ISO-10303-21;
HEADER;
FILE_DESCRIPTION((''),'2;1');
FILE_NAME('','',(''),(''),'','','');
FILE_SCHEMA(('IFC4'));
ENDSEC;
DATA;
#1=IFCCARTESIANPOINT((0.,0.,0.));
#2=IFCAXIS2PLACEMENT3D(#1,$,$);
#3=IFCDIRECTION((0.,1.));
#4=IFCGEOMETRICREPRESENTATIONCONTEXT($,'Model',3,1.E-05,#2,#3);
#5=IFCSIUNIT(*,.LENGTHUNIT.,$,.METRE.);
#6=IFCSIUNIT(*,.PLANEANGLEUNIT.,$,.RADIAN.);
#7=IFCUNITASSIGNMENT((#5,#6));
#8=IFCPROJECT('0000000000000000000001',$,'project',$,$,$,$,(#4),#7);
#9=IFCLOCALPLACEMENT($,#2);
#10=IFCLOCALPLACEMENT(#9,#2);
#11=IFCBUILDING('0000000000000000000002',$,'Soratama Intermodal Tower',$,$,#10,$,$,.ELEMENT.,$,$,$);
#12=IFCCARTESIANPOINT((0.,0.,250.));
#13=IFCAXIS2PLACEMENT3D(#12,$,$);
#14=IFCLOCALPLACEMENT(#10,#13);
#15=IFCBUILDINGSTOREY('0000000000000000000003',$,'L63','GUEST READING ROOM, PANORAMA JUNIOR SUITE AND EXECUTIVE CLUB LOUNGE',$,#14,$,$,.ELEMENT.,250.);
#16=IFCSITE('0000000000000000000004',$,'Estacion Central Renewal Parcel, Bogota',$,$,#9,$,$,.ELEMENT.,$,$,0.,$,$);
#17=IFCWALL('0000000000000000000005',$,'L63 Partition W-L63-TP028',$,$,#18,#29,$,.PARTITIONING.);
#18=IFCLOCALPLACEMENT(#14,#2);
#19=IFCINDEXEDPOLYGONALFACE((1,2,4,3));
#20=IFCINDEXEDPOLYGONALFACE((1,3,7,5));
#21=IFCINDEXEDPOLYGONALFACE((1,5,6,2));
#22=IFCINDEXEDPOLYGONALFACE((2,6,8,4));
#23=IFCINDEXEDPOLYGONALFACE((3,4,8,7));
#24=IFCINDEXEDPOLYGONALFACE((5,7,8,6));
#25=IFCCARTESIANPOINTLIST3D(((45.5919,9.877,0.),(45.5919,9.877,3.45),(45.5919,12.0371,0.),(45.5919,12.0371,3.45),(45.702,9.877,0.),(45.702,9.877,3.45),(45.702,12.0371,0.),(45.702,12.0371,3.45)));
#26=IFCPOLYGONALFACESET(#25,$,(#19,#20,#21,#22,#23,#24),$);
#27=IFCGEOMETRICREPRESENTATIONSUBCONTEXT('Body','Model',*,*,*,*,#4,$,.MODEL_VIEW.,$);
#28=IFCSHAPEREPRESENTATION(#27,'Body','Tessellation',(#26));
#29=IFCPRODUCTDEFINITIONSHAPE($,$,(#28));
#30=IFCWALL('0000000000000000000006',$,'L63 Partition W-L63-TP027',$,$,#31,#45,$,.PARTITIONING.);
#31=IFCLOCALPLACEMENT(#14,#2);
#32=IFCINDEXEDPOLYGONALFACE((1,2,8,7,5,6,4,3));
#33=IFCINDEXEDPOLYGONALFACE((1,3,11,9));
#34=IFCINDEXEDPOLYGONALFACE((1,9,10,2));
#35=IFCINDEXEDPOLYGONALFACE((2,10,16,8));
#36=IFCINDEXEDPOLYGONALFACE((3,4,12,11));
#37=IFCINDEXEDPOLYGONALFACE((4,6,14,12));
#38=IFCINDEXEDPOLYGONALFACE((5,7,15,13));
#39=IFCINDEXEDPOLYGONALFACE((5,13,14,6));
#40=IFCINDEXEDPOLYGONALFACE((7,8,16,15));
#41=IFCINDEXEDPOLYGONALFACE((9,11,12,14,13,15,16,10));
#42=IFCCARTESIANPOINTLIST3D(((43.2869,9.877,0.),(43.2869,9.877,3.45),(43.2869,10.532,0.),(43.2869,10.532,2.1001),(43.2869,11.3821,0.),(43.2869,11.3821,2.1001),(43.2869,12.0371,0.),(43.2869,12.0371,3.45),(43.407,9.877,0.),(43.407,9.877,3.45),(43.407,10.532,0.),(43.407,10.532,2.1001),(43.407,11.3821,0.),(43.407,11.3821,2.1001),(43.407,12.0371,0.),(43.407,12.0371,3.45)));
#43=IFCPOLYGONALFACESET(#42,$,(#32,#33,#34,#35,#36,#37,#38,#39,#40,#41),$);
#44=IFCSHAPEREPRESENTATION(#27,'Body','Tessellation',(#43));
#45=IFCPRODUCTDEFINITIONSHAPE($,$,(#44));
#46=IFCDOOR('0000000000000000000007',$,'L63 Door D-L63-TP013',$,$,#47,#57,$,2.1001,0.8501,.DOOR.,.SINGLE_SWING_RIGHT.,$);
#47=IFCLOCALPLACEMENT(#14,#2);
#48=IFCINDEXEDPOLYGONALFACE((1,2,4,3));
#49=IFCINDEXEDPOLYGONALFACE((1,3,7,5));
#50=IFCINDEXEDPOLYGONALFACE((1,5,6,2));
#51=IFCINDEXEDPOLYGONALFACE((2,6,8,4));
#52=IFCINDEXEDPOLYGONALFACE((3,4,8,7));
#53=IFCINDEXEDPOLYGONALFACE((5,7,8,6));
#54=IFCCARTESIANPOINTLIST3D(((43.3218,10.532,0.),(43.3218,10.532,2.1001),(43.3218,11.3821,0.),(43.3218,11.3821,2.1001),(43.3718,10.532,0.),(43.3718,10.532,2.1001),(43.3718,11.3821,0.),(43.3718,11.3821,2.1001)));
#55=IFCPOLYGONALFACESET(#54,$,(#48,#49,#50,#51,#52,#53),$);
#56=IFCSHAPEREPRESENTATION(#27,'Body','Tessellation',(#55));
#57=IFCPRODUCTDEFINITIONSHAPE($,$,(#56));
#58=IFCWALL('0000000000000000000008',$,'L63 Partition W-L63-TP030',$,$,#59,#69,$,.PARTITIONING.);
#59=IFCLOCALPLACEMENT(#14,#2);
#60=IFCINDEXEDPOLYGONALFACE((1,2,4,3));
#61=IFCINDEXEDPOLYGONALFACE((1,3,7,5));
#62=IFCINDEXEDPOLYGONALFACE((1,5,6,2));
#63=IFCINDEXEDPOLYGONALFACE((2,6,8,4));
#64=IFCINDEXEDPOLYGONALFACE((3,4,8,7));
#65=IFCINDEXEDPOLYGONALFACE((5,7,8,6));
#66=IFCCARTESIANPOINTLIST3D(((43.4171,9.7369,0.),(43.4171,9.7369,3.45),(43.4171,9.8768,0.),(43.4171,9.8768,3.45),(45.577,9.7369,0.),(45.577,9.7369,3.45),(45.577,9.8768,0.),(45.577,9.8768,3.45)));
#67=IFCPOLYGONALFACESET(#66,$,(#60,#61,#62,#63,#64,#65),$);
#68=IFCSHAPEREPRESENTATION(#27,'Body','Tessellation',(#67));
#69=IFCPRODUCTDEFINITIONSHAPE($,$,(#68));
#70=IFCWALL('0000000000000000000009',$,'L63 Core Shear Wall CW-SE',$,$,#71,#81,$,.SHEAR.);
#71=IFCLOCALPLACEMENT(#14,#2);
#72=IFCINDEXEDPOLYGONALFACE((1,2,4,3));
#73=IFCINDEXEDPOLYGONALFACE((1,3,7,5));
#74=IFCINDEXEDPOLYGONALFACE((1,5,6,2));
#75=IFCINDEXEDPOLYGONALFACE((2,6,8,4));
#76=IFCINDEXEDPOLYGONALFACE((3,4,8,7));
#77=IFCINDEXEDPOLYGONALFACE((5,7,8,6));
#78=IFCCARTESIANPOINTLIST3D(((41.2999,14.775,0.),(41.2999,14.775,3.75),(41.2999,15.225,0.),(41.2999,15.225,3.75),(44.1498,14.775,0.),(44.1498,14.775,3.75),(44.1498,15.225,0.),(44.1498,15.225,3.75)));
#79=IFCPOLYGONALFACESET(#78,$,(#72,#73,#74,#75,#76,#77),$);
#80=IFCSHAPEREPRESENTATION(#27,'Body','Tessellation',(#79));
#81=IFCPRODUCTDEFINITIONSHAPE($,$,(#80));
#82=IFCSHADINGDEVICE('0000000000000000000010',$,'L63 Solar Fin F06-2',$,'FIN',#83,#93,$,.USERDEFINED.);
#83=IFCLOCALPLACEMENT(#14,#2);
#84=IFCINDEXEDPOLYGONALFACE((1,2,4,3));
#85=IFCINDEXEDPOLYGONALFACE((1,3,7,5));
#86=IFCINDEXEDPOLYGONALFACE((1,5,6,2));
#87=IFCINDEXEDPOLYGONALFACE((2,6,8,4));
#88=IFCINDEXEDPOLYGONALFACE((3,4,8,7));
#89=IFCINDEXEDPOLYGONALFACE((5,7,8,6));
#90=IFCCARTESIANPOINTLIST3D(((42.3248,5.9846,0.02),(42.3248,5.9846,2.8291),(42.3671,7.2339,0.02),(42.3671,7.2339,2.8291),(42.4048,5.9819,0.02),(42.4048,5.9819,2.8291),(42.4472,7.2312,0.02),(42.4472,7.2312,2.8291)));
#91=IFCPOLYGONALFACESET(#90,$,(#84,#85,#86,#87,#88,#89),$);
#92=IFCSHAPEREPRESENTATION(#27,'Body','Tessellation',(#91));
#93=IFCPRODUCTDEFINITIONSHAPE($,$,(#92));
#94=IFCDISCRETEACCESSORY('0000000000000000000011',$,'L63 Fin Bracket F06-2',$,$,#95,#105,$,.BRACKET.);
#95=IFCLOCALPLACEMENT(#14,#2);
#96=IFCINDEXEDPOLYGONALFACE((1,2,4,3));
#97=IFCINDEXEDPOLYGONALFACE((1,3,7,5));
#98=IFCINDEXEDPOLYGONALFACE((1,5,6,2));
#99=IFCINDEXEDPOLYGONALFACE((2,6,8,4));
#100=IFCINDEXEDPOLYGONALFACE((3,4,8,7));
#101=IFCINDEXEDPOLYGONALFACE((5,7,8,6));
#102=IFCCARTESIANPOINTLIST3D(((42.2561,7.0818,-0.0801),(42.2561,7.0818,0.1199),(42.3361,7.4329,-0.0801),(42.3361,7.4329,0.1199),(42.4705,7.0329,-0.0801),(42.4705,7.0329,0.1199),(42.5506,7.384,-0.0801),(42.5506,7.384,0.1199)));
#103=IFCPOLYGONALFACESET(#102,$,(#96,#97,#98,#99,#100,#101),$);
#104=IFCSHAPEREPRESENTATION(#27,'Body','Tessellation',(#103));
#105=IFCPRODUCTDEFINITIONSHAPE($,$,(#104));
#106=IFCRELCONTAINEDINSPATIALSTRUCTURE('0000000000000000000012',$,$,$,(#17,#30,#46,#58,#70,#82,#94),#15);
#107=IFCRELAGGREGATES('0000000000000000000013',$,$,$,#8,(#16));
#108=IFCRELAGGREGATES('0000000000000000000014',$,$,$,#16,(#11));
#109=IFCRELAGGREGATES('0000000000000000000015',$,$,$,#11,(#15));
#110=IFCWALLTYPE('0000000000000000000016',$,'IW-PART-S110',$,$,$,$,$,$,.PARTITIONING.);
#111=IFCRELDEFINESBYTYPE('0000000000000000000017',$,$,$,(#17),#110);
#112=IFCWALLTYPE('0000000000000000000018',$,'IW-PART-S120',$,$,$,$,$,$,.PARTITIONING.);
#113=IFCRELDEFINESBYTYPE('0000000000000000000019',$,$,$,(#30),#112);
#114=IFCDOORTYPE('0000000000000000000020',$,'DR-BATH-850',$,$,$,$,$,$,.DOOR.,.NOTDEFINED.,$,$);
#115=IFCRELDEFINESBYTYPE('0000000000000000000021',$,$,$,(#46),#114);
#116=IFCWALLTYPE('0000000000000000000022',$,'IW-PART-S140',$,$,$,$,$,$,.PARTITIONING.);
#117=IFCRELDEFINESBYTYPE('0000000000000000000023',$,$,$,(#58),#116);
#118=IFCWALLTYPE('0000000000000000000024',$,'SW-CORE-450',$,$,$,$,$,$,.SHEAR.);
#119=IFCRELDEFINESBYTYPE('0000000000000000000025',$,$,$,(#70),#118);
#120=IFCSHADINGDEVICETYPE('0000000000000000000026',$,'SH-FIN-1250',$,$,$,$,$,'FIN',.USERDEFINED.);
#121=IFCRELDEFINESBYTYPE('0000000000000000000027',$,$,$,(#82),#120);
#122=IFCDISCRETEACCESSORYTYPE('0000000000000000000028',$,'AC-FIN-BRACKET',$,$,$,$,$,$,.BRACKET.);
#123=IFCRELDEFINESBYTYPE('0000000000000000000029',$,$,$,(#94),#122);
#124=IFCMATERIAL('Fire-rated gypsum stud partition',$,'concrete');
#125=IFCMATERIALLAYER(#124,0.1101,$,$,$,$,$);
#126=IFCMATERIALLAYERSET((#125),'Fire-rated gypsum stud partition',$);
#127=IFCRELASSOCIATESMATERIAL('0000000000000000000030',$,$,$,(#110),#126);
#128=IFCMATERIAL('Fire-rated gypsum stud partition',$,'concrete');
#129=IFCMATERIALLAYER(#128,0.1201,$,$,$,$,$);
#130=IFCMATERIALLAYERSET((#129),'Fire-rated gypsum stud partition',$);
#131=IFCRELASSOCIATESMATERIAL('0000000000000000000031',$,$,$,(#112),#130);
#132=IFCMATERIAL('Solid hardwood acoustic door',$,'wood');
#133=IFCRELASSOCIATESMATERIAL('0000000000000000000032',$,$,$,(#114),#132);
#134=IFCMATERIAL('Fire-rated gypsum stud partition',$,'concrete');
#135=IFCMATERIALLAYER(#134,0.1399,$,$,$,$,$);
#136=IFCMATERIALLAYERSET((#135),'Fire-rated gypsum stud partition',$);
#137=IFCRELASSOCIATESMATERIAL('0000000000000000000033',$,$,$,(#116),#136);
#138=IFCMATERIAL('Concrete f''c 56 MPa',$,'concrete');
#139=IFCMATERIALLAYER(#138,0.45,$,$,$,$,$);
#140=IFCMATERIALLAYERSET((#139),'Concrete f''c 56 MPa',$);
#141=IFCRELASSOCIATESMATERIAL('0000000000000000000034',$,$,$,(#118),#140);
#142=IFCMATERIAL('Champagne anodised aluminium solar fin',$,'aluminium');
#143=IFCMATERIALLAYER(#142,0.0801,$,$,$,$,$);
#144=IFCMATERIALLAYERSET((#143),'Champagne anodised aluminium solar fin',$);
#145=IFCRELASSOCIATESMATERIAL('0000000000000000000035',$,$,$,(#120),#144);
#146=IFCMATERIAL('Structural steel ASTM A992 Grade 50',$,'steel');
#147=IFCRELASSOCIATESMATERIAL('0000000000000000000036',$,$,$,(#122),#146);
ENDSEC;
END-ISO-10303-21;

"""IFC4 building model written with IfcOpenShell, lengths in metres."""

from ifc_helpers import new_model, si_unit, direction, frame, frame_2d, origin, origin_2d, place, context, subcontext, project, spatial, rectangle, extrude, material, layer, layer_set, type_object, element, fill, save


model = new_model("IFC4")

# Units and contexts
model_context = context("Model", 3, precision=1e-05, world=origin(), true_north=direction((0.0, 1.0)))
body_context = subcontext(model_context, "Body", "Model", "MODEL_VIEW")
ifc_project = project(units=[si_unit("LENGTHUNIT", "METRE"), si_unit("PLANEANGLEUNIT", "RADIAN")], contexts=[model_context])

# Site, building, storey
site_placement = place(None, origin())
site = spatial("IfcSite", under=ifc_project, at=site_placement, Name="Estacion Central Renewal Parcel, Bogota", CompositionType="ELEMENT", RefElevation=0.0)
building_placement = place(site_placement, origin())
building = spatial("IfcBuilding", under=site, at=building_placement, Name="Soratama Intermodal Tower", CompositionType="ELEMENT")
storey_placement = place(building_placement, frame((0.0, 0.0, 250.0)))
storey = spatial("IfcBuildingStorey", under=building, at=storey_placement, Name="L63", Description="GUEST READING ROOM, PANORAMA JUNIOR SUITE AND EXECUTIVE CLUB LOUNGE", CompositionType="ELEMENT", Elevation=250.0)

# Wall
ifc_material_1 = material(Name="Fire-rated gypsum stud partition", Category="concrete")
ifc_layer_1 = layer(ifc_material_1, 0.1101)
ifc_layer_set_1 = layer_set([ifc_layer_1], Name="Fire-rated gypsum stud partition")
wall_type_1 = type_object("IfcWallType", Name="IW-PART-S110", PredefinedType="PARTITIONING", material=ifc_layer_set_1)
wall_1_placement = place(storey_placement, frame((45.647, 9.877, 0.0), z_axis=(0.0, 0.0, 1.0), x_axis=(0.0, 1.0, 0.0)))
element("IfcWall", 1, at=wall_1_placement, inside=storey, type_object=wall_type_1, Name="L63 Partition W-L63-TP028", PredefinedType="PARTITIONING", context=body_context, shape_type="SweptSolid", body=[
    extrude(rectangle(XDim=2.1602, YDim=0.1101, at=frame_2d((1.0801, 0.0))), origin(), (0.0, 0.0, 1.0), 3.45),
])

# Wall, opening, door
ifc_material_2 = material(Name="Fire-rated gypsum stud partition", Category="concrete")
ifc_layer_2 = layer(ifc_material_2, 0.1201)
ifc_layer_set_2 = layer_set([ifc_layer_2], Name="Fire-rated gypsum stud partition")
wall_type_2 = type_object("IfcWallType", Name="IW-PART-S120", PredefinedType="PARTITIONING", material=ifc_layer_set_2)
wall_2_placement = place(storey_placement, frame((43.3469, 12.0371, 0.0), z_axis=(0.0, 0.0, 1.0), x_axis=(0.0, -1.0, 0.0)))
wall_2 = element("IfcWall", 2, at=wall_2_placement, inside=storey, type_object=wall_type_2, Name="L63 Partition W-L63-TP027", PredefinedType="PARTITIONING", context=body_context, shape_type="SweptSolid", body=[
    extrude(rectangle(XDim=2.1602, YDim=0.1201, at=frame_2d((1.0801, 0.0))), origin(), (0.0, 0.0, 1.0), 3.45),
])
opening_1_placement = place(wall_2_placement, frame((0.655, 0.0, 0.0)))
opening_1 = element("IfcOpeningElement", 3, at=opening_1_placement, cuts=wall_2, PredefinedType="OPENING", context=body_context, shape_type="SweptSolid", body=[
    extrude(rectangle(XDim=0.8501, YDim=2.1001, at=frame_2d((0.425, 1.05))), frame((0.0, 0.0701, 0.0), z_axis=(0.0, -1.0, 0.0), x_axis=(1.0, 0.0, 0.0)), (0.0, 0.0, 1.0), 0.1401),
])
ifc_material_3 = material(Name="Solid hardwood acoustic door", Category="wood")
door_type = type_object("IfcDoorType", Name="DR-BATH-850", OperationType="NOTDEFINED", PredefinedType="DOOR", material=ifc_material_3)
door_placement = place(opening_1_placement, origin())
door = element("IfcDoor", 4, at=door_placement, inside=storey, type_object=door_type, Name="L63 Door D-L63-TP013", OperationType="SINGLE_SWING_RIGHT", OverallHeight=2.1001, OverallWidth=0.8501, PredefinedType="DOOR", context=body_context, shape_type="SweptSolid", body=[
    extrude(rectangle(XDim=0.8501, YDim=2.1001, at=frame_2d((0.425, 1.05))), frame((0.0, 0.0249, 0.0), z_axis=(0.0, -1.0, 0.0), x_axis=(1.0, 0.0, 0.0)), (0.0, 0.0, 1.0), 0.05),
])
fill(opening_1, door)

# Walls
ifc_material_4 = material(Name="Fire-rated gypsum stud partition", Category="concrete")
ifc_layer_3 = layer(ifc_material_4, 0.1399)
ifc_layer_set_3 = layer_set([ifc_layer_3], Name="Fire-rated gypsum stud partition")
wall_type_3 = type_object("IfcWallType", Name="IW-PART-S140", PredefinedType="PARTITIONING", material=ifc_layer_set_3)
wall_3_placement = place(storey_placement, frame((43.417, 9.8069, 0.0), z_axis=(0.0, 0.0, 1.0), x_axis=(1.0, 0.0, 0.0)))
element("IfcWall", 5, at=wall_3_placement, inside=storey, type_object=wall_type_3, Name="L63 Partition W-L63-TP030", PredefinedType="PARTITIONING", context=body_context, shape_type="SweptSolid", body=[
    extrude(rectangle(XDim=2.1599, YDim=0.1399, at=frame_2d((1.0801, 0.0))), origin(), (0.0, 0.0, 1.0), 3.45),
])
ifc_material_5 = material(Name="Concrete f'c 56 MPa", Category="concrete")
ifc_layer_4 = layer(ifc_material_5, 0.45)
ifc_layer_set_4 = layer_set([ifc_layer_4], Name="Concrete f'c 56 MPa")
wall_type_4 = type_object("IfcWallType", Name="SW-CORE-450", PredefinedType="SHEAR", material=ifc_layer_set_4)
wall_4_placement = place(storey_placement, frame((41.3, 15.0, 0.0), z_axis=(0.0, 0.0, 1.0), x_axis=(1.0, 0.0, 0.0)))
element("IfcWall", 6, at=wall_4_placement, inside=storey, type_object=wall_type_4, Name="L63 Core Shear Wall CW-SE", PredefinedType="SHEAR", context=body_context, shape_type="SweptSolid", body=[
    extrude(rectangle(XDim=2.8499, YDim=0.45, at=frame_2d((1.4248, 0.0))), origin(), (0.0, 0.0, 1.0), 3.75),
])

# Shading device
ifc_material_6 = material(Name="Champagne anodised aluminium solar fin", Category="aluminium")
ifc_layer_5 = layer(ifc_material_6, 0.0801)
ifc_layer_set_5 = layer_set([ifc_layer_5], Name="Champagne anodised aluminium solar fin")
shading_device_type = type_object("IfcShadingDeviceType", Name="SH-FIN-1250", ElementType="FIN", PredefinedType="USERDEFINED", material=ifc_layer_set_5)
shading_device_placement = place(storey_placement, frame((42.386, 6.6079, 0.02), z_axis=(0.0, 0.0, 1.0), x_axis=(-0.033853, -0.999427, 0.0)))
element("IfcShadingDevice", 7, at=shading_device_placement, inside=storey, type_object=shading_device_type, Name="L63 Solar Fin F06-2", ObjectType="FIN", PredefinedType="USERDEFINED", context=body_context, shape_type="SweptSolid", body=[
    extrude(rectangle(XDim=1.25, YDim=0.0801, at=origin_2d()), origin(), (0.0, 0.0, 1.0), 2.8091),
])

# Discrete accessory
ifc_material_7 = material(Name="Structural steel ASTM A992 Grade 50", Category="steel")
discrete_accessory_type = type_object("IfcDiscreteAccessoryType", Name="AC-FIN-BRACKET", PredefinedType="BRACKET", material=ifc_material_7)
discrete_accessory_placement = place(storey_placement, frame((42.4033, 7.2329, -0.0801), z_axis=(0.0, 0.0, 1.0), x_axis=(-0.222229, -0.974994, 0.0)))
element("IfcDiscreteAccessory", 8, at=discrete_accessory_placement, inside=storey, type_object=discrete_accessory_type, Name="L63 Fin Bracket F06-2", PredefinedType="BRACKET", context=body_context, shape_type="SweptSolid", body=[
    extrude(rectangle(XDim=0.3601, YDim=0.22, at=origin_2d()), origin(), (0.0, 0.0, 1.0), 0.2),
])

save(model, "model.ifc")
